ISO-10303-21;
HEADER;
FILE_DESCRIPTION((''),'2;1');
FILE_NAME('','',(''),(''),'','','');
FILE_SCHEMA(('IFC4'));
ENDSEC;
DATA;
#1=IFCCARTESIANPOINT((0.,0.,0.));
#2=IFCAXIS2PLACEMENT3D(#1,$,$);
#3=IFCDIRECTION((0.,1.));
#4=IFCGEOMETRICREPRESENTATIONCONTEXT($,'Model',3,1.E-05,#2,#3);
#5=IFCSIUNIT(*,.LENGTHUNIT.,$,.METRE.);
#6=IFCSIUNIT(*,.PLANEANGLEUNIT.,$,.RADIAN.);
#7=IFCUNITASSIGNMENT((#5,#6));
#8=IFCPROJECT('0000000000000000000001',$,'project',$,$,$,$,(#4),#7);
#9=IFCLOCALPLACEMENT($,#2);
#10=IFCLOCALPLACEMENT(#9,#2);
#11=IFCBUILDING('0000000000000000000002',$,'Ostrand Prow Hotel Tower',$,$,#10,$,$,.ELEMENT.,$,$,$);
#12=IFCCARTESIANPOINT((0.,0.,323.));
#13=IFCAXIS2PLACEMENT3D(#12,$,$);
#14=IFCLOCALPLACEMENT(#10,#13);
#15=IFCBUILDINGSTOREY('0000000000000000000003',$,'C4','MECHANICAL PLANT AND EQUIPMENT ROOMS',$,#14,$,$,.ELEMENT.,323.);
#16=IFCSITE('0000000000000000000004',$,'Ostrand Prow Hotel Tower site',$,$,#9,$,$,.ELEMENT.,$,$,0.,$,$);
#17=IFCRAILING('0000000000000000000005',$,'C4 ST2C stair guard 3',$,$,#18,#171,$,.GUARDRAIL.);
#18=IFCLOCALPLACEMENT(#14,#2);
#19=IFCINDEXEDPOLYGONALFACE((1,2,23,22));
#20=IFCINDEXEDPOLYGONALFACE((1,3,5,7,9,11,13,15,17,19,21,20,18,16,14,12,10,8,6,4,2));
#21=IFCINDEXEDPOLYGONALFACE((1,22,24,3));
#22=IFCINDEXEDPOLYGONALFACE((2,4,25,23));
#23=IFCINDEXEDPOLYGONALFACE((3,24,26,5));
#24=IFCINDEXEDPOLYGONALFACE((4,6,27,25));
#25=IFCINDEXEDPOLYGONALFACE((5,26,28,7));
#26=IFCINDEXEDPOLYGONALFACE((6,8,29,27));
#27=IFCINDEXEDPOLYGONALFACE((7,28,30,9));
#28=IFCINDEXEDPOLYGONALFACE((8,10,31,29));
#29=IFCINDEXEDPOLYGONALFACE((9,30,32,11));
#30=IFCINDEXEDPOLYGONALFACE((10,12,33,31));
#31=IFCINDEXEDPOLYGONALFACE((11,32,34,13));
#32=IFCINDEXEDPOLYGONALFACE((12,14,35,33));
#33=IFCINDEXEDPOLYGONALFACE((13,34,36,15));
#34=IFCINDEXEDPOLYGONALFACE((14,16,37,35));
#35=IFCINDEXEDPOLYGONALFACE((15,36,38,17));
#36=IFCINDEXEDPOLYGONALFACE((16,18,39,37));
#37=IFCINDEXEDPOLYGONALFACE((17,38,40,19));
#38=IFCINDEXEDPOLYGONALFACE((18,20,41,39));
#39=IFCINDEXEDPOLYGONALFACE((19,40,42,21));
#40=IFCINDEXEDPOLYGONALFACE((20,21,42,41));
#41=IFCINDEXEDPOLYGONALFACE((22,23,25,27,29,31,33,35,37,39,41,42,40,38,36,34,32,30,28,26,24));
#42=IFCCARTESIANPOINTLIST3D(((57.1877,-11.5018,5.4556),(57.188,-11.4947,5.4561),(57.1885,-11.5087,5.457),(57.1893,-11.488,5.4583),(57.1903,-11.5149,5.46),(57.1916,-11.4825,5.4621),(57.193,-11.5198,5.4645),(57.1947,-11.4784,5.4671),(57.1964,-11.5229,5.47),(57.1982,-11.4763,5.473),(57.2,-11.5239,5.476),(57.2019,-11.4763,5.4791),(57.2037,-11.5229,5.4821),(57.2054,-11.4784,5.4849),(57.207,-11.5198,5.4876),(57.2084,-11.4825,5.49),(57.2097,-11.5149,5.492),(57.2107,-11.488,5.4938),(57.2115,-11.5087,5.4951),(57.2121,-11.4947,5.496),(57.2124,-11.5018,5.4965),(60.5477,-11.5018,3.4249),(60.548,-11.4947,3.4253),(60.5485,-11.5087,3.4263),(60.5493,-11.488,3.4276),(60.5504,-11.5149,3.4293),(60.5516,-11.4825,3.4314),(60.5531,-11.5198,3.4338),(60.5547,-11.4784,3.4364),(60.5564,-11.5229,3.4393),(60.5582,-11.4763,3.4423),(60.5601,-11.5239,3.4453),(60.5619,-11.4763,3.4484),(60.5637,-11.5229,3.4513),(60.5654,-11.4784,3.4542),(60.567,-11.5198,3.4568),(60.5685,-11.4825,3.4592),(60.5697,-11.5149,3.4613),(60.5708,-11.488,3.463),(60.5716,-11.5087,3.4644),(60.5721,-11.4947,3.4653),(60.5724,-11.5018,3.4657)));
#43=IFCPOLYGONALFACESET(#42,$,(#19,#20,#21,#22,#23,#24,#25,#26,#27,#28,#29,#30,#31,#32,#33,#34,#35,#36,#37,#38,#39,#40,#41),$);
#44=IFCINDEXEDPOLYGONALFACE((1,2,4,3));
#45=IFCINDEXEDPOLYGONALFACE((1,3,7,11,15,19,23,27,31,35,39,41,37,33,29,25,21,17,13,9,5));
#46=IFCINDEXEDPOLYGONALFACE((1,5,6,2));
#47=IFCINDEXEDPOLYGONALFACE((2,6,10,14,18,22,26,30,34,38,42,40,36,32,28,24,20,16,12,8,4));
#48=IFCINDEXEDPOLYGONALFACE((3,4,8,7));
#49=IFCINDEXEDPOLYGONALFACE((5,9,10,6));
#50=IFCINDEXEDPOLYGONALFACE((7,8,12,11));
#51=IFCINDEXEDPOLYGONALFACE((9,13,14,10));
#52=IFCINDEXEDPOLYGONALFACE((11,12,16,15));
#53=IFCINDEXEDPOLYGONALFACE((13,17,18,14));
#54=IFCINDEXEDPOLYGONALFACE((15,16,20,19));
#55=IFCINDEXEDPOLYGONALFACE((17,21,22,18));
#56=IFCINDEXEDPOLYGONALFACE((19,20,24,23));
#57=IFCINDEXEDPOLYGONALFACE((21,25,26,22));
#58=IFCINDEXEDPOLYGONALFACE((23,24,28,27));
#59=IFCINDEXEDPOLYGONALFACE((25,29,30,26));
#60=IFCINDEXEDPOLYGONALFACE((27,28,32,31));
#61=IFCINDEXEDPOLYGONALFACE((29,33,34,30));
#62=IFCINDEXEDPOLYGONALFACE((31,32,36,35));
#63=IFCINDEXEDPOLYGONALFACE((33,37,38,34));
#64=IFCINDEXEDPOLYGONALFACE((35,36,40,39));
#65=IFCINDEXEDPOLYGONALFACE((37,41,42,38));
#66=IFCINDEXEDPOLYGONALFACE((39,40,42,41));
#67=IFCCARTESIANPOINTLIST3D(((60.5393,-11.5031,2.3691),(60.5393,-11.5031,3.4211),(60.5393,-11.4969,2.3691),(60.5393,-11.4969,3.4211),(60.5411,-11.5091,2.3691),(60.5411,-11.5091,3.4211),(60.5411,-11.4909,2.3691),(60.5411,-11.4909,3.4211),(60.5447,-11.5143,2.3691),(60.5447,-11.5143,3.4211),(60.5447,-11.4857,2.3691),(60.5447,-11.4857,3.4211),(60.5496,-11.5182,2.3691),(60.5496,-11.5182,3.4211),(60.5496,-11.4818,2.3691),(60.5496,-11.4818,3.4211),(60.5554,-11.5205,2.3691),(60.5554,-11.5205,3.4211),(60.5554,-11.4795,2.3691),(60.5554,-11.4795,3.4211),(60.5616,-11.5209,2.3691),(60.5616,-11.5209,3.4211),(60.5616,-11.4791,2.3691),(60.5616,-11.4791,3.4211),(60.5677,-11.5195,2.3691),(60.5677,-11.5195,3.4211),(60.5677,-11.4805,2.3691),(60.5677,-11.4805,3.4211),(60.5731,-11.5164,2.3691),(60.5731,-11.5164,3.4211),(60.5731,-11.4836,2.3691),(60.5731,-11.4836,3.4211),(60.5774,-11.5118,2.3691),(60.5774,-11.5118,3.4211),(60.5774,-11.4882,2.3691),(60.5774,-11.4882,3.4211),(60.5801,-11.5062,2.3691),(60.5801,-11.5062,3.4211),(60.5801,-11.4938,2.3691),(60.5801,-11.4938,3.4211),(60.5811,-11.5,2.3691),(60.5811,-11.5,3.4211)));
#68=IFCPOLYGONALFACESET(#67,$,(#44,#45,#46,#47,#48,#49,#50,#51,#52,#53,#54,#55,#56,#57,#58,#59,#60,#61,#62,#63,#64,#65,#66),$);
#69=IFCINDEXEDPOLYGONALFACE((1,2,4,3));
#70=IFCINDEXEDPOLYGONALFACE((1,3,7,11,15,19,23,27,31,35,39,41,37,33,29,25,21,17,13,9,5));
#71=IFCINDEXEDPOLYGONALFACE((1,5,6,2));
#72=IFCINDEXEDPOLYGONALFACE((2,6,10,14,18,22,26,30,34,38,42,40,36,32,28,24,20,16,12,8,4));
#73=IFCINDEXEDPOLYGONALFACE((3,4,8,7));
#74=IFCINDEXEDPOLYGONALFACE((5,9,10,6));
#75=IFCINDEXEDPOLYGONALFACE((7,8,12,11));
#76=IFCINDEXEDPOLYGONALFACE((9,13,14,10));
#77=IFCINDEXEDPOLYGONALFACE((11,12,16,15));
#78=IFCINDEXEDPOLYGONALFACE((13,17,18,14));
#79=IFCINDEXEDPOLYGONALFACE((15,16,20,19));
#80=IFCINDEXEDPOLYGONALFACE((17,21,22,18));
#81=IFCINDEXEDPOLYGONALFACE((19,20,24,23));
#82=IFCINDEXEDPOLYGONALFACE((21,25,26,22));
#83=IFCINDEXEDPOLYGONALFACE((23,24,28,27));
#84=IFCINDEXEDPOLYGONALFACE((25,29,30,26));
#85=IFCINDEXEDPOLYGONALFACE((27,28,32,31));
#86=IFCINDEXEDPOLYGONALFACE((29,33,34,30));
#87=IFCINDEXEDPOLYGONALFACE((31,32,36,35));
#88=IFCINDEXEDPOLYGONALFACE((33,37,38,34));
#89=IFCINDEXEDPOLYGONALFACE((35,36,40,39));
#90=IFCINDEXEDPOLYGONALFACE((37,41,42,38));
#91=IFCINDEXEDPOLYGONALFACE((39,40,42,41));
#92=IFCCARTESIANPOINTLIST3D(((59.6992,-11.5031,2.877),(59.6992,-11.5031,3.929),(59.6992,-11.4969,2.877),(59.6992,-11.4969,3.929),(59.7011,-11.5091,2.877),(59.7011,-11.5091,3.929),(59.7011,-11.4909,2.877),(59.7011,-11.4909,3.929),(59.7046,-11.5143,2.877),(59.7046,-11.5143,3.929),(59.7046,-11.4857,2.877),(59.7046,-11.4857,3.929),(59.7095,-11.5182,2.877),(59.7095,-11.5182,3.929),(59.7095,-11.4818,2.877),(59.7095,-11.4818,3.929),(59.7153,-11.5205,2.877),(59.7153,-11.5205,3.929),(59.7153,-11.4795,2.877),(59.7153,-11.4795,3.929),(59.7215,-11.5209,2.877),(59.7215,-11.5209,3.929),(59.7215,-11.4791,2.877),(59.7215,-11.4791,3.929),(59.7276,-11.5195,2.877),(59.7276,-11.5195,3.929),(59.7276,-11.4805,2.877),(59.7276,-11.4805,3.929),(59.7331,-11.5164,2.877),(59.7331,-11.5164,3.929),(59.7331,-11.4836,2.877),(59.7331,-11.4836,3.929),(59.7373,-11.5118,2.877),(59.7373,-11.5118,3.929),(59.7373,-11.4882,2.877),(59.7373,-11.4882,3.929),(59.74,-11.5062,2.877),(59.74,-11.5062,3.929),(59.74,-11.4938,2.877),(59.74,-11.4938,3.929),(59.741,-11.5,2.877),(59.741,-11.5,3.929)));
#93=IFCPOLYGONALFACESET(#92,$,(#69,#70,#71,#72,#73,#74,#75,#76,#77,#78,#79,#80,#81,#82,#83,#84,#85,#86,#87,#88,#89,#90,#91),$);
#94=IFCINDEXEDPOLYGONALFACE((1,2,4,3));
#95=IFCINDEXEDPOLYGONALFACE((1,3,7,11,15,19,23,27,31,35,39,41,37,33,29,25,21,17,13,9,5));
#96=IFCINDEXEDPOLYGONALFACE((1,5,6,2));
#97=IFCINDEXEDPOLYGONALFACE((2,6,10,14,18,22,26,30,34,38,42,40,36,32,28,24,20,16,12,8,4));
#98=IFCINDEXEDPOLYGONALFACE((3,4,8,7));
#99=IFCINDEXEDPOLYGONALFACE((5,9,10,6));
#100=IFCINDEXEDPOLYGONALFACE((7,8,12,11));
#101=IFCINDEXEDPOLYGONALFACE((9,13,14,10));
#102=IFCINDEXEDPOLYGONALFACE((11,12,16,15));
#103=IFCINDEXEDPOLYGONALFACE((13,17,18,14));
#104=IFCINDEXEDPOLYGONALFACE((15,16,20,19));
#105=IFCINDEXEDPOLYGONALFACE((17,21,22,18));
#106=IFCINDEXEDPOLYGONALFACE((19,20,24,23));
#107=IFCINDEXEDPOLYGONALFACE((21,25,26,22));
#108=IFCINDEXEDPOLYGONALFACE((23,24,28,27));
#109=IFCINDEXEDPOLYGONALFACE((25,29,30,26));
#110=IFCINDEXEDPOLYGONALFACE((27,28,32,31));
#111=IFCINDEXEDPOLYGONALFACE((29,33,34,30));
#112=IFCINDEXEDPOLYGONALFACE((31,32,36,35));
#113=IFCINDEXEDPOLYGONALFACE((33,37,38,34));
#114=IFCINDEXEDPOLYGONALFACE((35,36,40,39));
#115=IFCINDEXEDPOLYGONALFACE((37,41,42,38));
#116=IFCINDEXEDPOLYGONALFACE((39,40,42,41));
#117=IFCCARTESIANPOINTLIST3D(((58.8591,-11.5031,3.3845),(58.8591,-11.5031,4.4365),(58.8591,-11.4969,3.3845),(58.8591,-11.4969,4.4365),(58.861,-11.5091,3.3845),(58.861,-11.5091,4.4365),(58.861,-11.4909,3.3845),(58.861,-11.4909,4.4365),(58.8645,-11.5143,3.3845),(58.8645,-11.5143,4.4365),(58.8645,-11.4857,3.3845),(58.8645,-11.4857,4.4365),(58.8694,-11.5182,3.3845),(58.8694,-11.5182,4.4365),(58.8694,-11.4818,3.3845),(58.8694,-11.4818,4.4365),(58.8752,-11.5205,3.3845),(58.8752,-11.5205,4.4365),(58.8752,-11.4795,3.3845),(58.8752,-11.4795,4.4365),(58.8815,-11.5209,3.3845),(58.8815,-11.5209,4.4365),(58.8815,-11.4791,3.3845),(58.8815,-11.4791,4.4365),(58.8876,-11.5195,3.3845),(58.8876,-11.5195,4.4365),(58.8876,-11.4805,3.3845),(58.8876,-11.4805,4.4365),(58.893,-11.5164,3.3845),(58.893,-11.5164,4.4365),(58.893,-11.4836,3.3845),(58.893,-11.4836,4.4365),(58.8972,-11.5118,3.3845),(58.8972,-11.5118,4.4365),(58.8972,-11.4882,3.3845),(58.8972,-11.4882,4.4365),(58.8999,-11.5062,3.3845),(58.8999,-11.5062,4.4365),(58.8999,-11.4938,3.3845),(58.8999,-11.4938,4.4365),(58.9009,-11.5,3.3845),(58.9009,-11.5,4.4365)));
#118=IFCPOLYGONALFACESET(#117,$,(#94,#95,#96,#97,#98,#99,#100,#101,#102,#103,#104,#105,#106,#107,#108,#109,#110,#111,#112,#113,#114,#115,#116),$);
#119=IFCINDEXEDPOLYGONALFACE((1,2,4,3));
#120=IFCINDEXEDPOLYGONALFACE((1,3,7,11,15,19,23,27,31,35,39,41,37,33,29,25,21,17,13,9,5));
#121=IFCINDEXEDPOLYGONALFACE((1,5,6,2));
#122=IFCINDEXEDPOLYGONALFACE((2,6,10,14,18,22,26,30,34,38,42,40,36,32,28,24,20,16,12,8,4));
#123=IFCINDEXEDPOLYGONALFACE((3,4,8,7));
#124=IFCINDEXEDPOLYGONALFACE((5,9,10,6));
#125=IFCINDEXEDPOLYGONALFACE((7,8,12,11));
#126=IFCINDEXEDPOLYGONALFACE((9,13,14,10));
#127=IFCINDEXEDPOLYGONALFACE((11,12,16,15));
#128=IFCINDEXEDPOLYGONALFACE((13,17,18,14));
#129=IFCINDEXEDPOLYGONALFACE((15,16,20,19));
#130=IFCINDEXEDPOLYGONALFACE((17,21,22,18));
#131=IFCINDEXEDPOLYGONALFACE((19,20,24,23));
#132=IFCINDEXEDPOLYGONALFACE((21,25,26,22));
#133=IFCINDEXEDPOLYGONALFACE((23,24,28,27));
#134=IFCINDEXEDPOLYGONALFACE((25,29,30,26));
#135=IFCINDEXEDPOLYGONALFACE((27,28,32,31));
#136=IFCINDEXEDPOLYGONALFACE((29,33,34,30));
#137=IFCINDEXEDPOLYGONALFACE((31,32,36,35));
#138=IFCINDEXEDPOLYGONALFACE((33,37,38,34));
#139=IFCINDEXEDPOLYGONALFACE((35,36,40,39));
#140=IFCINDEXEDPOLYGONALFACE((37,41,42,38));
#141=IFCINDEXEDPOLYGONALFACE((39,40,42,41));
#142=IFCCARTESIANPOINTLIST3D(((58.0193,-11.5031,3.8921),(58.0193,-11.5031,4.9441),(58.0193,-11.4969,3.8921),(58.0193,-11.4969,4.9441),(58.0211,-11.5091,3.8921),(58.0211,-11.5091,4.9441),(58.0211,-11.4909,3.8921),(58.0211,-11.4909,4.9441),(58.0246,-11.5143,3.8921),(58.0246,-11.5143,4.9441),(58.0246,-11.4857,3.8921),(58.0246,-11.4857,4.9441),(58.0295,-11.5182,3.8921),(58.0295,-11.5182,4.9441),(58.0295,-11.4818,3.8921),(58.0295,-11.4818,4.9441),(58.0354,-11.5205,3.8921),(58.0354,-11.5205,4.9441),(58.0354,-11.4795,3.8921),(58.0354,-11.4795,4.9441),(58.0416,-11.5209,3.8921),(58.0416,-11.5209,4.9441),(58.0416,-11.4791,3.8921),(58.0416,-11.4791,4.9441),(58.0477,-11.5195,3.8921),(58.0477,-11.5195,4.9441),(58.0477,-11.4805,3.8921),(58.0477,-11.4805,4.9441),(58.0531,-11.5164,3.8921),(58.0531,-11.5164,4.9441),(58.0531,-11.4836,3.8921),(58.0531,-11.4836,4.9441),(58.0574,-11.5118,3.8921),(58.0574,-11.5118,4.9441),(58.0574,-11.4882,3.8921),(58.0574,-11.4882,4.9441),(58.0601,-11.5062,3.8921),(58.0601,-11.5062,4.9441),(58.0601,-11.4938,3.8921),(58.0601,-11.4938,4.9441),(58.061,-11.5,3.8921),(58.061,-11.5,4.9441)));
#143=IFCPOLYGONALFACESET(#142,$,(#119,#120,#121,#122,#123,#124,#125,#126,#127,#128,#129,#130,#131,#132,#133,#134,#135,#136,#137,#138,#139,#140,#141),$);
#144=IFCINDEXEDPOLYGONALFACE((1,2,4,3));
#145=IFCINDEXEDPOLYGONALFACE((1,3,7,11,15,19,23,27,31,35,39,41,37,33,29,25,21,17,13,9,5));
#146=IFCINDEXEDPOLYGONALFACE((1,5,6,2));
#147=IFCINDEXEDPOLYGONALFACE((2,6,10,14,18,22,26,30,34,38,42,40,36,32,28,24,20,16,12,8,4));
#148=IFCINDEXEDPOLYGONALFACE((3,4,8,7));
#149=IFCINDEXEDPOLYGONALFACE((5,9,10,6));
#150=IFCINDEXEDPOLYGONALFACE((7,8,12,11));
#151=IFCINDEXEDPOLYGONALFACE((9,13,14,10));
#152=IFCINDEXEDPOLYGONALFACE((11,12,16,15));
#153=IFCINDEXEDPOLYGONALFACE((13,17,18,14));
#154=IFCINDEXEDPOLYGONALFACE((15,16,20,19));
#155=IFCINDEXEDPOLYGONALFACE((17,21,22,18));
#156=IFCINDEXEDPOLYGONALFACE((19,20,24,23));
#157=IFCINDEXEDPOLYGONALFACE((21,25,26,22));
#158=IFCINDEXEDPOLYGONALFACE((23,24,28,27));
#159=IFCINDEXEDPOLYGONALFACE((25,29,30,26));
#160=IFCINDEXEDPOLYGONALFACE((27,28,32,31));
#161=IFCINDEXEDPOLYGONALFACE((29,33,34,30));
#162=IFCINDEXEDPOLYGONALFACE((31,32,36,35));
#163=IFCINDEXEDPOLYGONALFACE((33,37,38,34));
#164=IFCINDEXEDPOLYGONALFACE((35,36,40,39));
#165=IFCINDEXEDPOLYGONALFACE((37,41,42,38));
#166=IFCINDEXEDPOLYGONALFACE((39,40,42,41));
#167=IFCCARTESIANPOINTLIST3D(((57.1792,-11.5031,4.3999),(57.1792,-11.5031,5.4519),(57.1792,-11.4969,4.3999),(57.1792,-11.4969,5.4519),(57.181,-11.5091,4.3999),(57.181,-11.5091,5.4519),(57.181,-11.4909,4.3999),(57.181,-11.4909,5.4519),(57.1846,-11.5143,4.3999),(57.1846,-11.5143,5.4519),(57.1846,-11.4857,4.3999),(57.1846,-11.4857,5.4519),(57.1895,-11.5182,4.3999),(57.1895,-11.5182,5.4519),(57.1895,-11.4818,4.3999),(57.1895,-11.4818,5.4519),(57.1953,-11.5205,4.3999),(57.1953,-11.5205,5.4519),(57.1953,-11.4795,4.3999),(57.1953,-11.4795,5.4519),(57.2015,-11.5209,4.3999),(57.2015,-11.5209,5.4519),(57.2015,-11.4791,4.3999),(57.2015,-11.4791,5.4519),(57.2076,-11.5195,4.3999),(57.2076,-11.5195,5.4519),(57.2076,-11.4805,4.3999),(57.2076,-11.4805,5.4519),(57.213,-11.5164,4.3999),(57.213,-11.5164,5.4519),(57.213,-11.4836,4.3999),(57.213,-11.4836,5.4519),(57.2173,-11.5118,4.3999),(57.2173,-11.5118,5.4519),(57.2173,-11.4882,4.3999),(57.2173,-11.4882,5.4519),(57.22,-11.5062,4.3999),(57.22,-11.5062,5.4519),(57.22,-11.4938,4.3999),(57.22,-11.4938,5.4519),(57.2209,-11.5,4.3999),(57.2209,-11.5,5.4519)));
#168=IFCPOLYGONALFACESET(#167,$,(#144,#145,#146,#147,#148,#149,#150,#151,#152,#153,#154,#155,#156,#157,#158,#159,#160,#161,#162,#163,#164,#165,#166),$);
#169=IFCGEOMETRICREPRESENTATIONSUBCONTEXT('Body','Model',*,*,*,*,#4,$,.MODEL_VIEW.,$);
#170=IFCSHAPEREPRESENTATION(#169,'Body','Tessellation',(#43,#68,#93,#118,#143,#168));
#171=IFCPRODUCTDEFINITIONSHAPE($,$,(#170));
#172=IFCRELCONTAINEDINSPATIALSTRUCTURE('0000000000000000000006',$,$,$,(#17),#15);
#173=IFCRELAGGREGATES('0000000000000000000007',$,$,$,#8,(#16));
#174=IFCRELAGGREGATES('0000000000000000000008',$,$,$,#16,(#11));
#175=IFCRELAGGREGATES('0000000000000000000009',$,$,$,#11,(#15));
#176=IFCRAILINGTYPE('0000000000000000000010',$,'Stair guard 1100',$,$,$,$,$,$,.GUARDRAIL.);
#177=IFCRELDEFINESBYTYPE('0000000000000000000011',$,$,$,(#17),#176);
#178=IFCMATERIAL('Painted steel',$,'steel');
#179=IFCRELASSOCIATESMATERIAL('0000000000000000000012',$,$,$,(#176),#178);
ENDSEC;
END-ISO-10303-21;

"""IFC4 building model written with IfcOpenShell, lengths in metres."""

from ifc_helpers import new_model, si_unit, direction, frame, origin, origin_2d, place, context, subcontext, project, spatial, circle, extrude, material, type_object, element, save


model = new_model("IFC4")

# Units and contexts
model_context = context("Model", 3, precision=1e-05, world=origin(), true_north=direction((0.0, 1.0)))
body_context = subcontext(model_context, "Body", "Model", "MODEL_VIEW")
ifc_project = project(units=[si_unit("LENGTHUNIT", "METRE"), si_unit("PLANEANGLEUNIT", "RADIAN")], contexts=[model_context])

# Site, building, storey
site_placement = place(None, origin())
site = spatial("IfcSite", under=ifc_project, at=site_placement, Name="Ostrand Prow Hotel Tower site", CompositionType="ELEMENT", RefElevation=0.0)
building_placement = place(site_placement, origin())
building = spatial("IfcBuilding", under=site, at=building_placement, Name="Ostrand Prow Hotel Tower", CompositionType="ELEMENT")
storey_placement = place(building_placement, frame((0.0, 0.0, 323.0)))
storey = spatial("IfcBuildingStorey", under=building, at=storey_placement, Name="C4", Description="MECHANICAL PLANT AND EQUIPMENT ROOMS", CompositionType="ELEMENT", Elevation=323.0)

# Railing
ifc_material_1 = material(Name="Painted steel", Category="steel")
railing_type_1 = type_object("IfcRailingType", Name="Stair guard 1100", PredefinedType="GUARDRAIL", material=ifc_material_1)
railing_1_placement = place(storey_placement, frame((60.5601, -11.5, 2.3691)))
element("IfcRailing", 1, at=railing_1_placement, inside=storey, type_object=railing_type_1, Name="C4 ST2C stair guard 3", PredefinedType="GUARDRAIL", context=body_context, shape_type="SweptSolid", body=[
    extrude(circle(Radius=0.0239, at=origin_2d()), frame((0.0, 0.0, 1.0762), z_axis=(-0.855837, 0.0, 0.517246), x_axis=(0.0, -1.0, 0.0)), (0.0, 0.0, 1.0), 3.926),
    extrude(circle(Radius=0.021, at=origin_2d()), origin(), (0.0, 0.0, 1.0), 1.052),
    extrude(circle(Radius=0.021, at=origin_2d()), frame((-0.8401, 0.0, 0.5078)), (0.0, 0.0, 1.0), 1.052),
    extrude(circle(Radius=0.021, at=origin_2d()), frame((-1.6802, 0.0, 1.0154)), (0.0, 0.0, 1.0), 1.052),
    extrude(circle(Radius=0.021, at=origin_2d()), frame((-2.52, 0.0, 1.5229)), (0.0, 0.0, 1.0), 1.052),
    extrude(circle(Radius=0.021, at=origin_2d()), frame((-3.3601, 0.0, 2.0308)), (0.0, 0.0, 1.0), 1.052),
])

save(model, "model.ifc")
